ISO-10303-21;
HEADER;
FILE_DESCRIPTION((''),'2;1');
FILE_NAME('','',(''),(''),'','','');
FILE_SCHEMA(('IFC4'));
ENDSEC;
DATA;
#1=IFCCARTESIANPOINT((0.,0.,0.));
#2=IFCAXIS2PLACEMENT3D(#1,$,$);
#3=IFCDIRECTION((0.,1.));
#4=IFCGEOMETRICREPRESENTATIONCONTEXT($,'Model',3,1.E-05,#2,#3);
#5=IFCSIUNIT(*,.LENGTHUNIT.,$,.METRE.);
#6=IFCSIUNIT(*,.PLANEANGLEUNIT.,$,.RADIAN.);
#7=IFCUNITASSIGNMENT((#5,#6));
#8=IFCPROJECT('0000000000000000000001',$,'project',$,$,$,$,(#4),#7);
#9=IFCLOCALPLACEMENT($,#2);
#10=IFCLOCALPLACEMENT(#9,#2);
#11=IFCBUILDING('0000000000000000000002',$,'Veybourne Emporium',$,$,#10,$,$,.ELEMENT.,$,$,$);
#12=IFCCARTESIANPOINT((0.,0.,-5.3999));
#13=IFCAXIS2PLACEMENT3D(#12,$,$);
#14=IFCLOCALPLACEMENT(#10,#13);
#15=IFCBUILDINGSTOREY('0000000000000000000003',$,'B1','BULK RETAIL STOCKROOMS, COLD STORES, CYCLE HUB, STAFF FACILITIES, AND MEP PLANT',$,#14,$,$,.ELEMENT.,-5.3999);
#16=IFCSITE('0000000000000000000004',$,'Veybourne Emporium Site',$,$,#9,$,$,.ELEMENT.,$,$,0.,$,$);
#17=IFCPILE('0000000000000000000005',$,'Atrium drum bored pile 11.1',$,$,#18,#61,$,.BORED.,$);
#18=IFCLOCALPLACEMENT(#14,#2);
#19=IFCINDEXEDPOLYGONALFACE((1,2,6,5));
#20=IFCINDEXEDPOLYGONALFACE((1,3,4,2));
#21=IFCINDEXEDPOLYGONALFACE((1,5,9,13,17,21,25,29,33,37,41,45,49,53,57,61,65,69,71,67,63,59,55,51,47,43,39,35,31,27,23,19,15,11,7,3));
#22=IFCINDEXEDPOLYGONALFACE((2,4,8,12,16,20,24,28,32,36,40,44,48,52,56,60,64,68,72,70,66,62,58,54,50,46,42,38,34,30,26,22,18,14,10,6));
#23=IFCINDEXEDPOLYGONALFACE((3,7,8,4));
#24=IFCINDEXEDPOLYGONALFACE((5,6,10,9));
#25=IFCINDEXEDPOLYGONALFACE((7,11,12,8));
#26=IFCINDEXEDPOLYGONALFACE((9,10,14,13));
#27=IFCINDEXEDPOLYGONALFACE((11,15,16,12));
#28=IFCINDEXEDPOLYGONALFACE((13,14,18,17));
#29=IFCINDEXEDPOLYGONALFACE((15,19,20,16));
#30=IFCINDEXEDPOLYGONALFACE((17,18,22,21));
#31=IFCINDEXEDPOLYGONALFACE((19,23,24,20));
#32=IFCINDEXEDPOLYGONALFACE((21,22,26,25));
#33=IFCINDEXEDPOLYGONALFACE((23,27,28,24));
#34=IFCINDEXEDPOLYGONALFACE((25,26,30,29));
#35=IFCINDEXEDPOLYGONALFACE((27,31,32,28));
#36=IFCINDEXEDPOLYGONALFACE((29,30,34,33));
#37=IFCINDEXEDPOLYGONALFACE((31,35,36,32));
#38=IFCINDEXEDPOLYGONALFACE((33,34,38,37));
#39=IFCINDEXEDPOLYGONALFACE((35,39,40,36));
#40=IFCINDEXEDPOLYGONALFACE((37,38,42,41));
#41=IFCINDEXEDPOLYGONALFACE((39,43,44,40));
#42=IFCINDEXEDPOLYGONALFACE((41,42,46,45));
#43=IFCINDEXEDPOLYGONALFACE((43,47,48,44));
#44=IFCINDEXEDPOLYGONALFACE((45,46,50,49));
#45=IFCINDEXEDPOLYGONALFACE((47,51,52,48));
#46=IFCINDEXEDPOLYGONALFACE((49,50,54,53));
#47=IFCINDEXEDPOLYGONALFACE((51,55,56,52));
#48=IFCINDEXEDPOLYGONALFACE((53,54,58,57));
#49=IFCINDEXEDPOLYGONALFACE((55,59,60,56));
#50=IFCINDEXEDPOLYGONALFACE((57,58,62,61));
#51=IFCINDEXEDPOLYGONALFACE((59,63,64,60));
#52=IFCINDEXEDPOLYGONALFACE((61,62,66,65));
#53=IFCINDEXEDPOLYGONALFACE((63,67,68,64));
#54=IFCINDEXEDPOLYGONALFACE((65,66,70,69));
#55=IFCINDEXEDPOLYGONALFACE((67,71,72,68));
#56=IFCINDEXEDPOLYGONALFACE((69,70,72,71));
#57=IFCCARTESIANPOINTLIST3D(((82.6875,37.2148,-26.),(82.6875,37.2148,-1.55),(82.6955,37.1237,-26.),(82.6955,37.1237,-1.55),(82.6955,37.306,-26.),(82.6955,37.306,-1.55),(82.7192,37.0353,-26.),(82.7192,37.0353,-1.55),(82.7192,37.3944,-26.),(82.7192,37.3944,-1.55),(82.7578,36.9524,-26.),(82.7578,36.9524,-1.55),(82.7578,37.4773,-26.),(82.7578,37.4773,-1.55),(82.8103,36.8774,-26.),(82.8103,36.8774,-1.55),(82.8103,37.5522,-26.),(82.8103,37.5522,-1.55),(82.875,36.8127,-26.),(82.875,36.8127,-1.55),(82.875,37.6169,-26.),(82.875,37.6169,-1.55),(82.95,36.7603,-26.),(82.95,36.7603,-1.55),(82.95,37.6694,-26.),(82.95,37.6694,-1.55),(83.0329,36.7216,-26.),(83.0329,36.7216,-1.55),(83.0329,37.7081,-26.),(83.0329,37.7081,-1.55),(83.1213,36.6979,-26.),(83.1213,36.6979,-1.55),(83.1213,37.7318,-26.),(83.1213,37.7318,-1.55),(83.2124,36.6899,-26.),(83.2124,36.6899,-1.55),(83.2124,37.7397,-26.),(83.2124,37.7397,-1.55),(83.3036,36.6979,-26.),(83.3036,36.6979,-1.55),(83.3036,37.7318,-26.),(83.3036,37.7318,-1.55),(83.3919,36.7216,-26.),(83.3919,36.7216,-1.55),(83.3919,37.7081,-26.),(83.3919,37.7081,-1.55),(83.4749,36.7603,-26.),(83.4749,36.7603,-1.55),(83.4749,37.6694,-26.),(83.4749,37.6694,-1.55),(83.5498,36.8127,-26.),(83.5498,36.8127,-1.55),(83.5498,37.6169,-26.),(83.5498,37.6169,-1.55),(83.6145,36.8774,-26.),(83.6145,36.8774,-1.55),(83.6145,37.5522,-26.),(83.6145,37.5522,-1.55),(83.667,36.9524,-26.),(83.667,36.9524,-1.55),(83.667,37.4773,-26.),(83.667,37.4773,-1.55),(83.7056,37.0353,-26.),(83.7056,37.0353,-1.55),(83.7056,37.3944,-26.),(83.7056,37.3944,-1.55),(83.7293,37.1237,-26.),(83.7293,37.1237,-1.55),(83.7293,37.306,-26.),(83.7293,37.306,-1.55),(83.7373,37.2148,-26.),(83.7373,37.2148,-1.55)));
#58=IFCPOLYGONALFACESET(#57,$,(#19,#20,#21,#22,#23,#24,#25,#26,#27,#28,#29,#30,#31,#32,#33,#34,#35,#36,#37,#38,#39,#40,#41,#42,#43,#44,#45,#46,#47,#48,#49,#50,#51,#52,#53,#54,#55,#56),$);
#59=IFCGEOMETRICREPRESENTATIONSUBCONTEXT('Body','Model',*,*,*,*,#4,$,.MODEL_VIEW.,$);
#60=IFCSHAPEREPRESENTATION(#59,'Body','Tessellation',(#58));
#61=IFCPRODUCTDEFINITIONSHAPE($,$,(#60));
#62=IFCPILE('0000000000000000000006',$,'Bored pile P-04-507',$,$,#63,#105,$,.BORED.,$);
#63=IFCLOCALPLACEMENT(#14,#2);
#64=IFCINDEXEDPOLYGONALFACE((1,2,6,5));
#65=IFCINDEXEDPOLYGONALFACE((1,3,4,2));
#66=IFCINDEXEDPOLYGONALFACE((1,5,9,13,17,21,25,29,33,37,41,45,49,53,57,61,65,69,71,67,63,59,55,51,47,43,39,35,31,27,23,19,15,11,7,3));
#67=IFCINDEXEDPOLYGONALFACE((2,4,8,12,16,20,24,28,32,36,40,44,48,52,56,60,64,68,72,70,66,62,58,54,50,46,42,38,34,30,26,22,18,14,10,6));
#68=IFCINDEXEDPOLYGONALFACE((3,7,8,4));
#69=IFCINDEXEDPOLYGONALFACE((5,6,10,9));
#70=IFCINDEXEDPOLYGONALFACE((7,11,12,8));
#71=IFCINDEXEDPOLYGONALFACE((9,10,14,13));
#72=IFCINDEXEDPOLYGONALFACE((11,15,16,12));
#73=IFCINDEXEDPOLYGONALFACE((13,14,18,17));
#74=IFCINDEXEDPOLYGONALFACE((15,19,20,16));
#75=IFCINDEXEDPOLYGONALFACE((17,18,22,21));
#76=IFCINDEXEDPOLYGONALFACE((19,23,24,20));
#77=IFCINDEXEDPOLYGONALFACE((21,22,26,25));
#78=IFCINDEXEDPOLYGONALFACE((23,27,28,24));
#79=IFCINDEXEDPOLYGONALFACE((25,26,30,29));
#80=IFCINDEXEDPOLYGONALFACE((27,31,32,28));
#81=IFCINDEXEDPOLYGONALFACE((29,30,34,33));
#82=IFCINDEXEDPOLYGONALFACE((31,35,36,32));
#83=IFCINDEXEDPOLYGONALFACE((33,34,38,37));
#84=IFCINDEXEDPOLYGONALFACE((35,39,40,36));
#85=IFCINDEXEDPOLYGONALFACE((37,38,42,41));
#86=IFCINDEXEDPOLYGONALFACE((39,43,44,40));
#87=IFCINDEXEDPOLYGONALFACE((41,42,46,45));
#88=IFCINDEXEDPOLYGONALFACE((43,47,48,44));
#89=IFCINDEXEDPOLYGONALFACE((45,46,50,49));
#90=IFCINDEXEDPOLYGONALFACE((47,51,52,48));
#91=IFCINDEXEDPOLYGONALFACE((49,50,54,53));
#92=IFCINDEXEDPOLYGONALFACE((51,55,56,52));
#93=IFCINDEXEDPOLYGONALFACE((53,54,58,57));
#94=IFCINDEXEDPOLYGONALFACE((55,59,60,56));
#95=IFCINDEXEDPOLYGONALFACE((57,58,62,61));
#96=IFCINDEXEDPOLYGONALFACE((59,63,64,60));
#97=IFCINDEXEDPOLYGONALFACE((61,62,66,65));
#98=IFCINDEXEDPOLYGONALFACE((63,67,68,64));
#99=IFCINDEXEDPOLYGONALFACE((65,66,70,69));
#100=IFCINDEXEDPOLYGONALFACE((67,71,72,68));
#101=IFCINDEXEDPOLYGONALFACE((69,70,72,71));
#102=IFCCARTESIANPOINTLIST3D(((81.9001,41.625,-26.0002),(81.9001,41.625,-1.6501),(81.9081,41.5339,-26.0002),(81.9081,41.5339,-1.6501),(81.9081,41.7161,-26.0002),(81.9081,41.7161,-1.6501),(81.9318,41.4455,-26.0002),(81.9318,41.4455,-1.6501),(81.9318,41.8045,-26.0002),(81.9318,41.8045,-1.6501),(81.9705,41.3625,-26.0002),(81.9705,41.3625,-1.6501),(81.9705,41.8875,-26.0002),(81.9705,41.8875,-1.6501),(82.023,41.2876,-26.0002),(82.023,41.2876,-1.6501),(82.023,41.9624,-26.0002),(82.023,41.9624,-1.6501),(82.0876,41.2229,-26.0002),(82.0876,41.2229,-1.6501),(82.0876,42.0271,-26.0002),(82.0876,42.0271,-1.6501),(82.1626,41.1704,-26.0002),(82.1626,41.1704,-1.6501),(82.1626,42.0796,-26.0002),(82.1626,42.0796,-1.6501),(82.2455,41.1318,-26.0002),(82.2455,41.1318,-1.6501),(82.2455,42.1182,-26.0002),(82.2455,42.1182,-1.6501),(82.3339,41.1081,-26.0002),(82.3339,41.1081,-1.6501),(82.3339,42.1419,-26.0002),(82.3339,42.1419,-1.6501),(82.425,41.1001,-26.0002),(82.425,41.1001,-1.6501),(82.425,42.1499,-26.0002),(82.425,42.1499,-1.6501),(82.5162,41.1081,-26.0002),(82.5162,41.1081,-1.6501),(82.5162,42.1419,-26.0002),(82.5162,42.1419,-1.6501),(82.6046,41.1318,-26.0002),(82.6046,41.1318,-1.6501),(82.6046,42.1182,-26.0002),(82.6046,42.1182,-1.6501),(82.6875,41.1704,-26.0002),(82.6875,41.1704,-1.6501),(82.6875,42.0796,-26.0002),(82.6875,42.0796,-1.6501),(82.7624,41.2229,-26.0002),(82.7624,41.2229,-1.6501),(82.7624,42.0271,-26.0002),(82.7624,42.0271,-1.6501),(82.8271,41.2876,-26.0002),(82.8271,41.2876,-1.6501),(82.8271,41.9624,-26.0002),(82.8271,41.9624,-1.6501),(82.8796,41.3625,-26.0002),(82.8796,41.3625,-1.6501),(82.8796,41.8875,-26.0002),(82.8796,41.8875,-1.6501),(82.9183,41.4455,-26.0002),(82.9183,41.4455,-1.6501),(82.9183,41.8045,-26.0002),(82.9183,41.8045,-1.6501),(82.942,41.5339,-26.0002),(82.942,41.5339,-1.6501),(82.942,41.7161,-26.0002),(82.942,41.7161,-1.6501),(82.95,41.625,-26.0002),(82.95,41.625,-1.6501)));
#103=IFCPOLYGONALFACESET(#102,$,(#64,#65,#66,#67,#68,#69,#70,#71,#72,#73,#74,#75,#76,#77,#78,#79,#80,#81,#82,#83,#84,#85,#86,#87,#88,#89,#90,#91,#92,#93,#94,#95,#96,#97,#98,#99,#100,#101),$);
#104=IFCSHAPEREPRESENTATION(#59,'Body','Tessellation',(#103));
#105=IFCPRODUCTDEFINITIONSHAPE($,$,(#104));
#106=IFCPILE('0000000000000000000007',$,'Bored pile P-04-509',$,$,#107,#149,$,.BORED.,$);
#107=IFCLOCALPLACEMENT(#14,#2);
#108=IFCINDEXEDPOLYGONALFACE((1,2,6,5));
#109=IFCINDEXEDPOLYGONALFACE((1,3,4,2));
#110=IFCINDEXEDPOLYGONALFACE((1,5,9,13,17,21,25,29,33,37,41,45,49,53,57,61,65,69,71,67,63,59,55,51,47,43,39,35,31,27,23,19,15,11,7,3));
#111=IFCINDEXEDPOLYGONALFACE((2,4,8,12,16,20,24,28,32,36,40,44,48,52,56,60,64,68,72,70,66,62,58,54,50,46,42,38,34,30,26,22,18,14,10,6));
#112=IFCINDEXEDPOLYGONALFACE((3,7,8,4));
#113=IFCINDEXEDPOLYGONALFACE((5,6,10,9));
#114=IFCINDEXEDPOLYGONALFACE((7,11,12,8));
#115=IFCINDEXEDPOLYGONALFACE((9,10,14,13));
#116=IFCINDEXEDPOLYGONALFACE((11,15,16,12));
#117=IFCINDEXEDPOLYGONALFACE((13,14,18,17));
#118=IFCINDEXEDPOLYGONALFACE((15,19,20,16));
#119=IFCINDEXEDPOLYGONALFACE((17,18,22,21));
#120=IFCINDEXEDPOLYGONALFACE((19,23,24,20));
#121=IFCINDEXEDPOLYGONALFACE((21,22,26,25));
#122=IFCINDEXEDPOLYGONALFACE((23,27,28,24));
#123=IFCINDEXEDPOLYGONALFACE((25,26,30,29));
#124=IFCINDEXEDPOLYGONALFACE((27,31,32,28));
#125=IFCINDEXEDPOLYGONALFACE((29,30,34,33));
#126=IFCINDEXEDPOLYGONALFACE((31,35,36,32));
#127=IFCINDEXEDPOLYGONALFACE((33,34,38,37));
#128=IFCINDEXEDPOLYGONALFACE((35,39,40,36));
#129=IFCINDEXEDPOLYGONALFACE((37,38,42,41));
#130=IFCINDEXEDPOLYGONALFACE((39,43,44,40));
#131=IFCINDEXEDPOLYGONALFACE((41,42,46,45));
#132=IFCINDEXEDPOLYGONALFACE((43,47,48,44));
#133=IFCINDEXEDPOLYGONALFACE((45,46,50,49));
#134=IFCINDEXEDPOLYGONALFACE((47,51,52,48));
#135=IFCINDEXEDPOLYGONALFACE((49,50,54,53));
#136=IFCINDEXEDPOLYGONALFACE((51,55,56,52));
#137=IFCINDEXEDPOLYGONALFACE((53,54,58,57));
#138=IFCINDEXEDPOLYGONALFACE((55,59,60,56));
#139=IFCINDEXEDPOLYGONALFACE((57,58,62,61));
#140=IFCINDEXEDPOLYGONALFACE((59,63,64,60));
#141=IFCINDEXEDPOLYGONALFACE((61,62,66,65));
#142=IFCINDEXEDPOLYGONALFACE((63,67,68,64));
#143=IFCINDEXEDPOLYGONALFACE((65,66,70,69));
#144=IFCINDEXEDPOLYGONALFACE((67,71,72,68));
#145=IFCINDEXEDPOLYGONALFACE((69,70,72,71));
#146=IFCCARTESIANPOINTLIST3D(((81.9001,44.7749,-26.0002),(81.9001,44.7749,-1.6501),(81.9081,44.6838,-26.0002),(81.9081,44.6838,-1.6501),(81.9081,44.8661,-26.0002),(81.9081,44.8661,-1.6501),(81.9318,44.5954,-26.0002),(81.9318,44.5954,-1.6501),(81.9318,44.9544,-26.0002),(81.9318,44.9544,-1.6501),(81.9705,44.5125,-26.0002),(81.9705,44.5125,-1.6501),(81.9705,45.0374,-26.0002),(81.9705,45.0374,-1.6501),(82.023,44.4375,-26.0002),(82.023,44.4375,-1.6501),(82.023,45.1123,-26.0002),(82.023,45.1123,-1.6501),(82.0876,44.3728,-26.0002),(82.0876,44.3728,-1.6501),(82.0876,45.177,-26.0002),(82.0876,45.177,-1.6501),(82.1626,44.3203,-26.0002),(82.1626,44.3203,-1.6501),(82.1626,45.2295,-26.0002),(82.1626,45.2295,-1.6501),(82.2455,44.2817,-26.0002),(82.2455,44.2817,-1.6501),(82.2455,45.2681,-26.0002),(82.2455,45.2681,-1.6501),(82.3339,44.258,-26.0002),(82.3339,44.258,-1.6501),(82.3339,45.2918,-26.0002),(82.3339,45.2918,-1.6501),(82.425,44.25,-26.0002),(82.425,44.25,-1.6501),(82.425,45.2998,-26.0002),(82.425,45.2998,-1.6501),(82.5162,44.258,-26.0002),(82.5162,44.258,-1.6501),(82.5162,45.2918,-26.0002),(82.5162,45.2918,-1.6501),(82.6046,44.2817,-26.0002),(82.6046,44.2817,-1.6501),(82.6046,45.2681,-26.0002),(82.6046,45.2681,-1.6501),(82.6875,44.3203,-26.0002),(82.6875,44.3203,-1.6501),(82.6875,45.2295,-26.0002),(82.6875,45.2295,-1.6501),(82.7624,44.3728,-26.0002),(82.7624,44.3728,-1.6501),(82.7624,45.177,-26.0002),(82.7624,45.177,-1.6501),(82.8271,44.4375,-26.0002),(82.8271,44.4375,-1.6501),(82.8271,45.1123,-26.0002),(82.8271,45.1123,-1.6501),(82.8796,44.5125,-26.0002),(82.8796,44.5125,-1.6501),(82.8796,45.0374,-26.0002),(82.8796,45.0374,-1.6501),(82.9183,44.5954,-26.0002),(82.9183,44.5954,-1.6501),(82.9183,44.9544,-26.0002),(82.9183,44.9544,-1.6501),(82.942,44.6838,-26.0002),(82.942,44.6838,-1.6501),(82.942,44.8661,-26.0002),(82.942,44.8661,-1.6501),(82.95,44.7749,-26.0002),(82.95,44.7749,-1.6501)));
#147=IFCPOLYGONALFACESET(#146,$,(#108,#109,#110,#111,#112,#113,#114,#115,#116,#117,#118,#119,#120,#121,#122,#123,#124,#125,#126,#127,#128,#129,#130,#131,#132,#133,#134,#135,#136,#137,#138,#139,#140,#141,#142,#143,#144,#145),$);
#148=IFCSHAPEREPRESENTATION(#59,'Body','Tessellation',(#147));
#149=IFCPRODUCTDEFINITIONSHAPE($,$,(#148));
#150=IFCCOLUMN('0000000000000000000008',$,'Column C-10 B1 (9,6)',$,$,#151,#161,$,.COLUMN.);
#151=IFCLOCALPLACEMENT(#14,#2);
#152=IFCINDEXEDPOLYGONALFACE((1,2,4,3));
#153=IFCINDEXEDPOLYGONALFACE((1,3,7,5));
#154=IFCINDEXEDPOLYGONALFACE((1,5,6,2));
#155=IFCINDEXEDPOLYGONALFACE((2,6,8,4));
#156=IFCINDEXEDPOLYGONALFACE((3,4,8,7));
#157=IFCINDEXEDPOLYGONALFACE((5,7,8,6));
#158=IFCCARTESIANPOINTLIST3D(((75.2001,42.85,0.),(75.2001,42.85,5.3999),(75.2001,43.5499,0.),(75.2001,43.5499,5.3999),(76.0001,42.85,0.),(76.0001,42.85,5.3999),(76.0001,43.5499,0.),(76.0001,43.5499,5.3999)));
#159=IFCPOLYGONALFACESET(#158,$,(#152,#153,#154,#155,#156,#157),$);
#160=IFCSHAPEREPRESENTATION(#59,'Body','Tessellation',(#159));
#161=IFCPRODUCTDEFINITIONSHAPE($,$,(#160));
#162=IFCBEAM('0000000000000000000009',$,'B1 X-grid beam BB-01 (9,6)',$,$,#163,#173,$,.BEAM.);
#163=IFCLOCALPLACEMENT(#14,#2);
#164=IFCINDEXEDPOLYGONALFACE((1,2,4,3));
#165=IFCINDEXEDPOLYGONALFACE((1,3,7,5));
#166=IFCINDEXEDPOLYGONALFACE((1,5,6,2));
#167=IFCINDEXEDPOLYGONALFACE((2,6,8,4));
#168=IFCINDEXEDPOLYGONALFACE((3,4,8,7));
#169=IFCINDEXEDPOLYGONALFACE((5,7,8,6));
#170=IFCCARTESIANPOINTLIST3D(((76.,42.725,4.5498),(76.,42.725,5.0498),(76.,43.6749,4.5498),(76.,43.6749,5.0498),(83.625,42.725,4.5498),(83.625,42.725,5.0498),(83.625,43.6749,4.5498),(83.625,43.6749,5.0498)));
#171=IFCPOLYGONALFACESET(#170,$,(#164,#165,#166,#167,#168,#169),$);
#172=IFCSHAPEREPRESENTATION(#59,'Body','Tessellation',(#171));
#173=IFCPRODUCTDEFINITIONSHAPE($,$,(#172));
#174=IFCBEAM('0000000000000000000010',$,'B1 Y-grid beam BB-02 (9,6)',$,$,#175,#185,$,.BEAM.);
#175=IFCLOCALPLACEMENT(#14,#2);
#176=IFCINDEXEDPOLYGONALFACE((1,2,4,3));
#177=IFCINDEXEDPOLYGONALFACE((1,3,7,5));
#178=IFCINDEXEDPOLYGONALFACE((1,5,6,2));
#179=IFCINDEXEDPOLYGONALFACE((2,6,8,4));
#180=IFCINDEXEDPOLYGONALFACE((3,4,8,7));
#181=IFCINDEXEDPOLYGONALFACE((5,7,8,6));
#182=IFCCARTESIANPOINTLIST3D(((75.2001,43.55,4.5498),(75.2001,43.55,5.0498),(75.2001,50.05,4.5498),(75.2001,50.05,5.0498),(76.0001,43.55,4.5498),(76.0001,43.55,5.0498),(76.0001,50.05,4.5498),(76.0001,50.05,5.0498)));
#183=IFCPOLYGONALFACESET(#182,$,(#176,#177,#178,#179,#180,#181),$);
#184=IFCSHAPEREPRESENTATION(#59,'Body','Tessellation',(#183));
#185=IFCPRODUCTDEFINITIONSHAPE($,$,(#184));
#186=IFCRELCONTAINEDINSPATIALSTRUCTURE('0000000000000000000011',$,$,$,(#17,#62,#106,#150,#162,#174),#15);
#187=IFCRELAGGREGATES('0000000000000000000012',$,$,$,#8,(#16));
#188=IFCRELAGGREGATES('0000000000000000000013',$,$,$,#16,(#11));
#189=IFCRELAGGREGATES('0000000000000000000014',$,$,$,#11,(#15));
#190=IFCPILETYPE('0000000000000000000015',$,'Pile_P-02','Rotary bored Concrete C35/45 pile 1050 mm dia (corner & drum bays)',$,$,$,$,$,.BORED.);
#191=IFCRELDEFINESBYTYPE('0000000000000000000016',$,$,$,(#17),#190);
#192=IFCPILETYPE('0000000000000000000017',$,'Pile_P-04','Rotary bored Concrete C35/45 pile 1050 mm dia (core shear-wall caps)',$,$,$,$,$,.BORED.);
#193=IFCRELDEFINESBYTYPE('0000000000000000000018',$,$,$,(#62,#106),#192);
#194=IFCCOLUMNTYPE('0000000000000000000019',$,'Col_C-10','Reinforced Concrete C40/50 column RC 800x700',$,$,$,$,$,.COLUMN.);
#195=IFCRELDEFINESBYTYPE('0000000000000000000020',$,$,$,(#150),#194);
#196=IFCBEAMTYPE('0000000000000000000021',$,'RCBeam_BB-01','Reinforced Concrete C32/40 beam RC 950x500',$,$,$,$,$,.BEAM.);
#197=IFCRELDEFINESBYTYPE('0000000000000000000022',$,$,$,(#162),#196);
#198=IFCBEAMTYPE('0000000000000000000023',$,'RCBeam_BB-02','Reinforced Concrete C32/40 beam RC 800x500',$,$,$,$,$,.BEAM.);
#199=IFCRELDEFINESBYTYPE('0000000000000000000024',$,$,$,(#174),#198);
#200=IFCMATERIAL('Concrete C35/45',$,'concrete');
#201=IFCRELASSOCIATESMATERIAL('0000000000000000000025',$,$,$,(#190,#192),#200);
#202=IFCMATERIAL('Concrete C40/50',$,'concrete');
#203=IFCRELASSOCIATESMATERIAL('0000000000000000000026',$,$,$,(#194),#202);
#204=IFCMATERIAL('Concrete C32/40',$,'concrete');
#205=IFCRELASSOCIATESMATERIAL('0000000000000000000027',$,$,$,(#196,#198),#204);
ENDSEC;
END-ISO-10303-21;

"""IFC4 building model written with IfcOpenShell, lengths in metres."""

from ifc_helpers import new_model, si_unit, direction, frame, origin, origin_2d, place, context, subcontext, project, spatial, rectangle, circle, extrude, material, material_profile, profile_set, type_object, element, save


model = new_model("IFC4")

# Units and contexts
model_context = context("Model", 3, precision=1e-05, world=origin(), true_north=direction((0.0, 1.0)))
body_context = subcontext(model_context, "Body", "Model", "MODEL_VIEW")
ifc_project = project(units=[si_unit("LENGTHUNIT", "METRE"), si_unit("PLANEANGLEUNIT", "RADIAN")], contexts=[model_context])

# Site, building, storey
site_placement = place(None, origin())
site = spatial("IfcSite", under=ifc_project, at=site_placement, Name="Veybourne Emporium Site", CompositionType="ELEMENT", RefElevation=0.0)
building_placement = place(site_placement, origin())
building = spatial("IfcBuilding", under=site, at=building_placement, Name="Veybourne Emporium", CompositionType="ELEMENT")
storey_placement = place(building_placement, frame((0.0, 0.0, -5.3999)))
storey = spatial("IfcBuildingStorey", under=building, at=storey_placement, Name="B1", Description="BULK RETAIL STOCKROOMS, COLD STORES, CYCLE HUB, STAFF FACILITIES, AND MEP PLANT", CompositionType="ELEMENT", Elevation=-5.3999)

# Shared definitions
ifc_material_1 = material(Name="Concrete C35/45", Category="concrete")

# Piles
ifc_material_profile_1 = material_profile(ifc_material_1, circle(Radius=0.5249, at=origin_2d()), Name="BORED PILE 1050")
ifc_profile_set_1 = profile_set([ifc_material_profile_1], Name="Concrete C35/45")
pile_type_1 = type_object("IfcPileType", Name="Pile_P-02", Description="Rotary bored Concrete C35/45 pile 1050 mm dia (corner & drum bays)", PredefinedType="BORED", material=ifc_profile_set_1)
for number, where, z_axis, x_axis, name in (
    (1, (83.2124, 37.2148, -1.55), (0.0, 0.0, -1.0), (1.0, 0.0, 0.0), "Atrium drum bored pile 11.1"),
):
    element("IfcPile", number, at=place(storey_placement, frame(where, z_axis=z_axis, x_axis=x_axis)), inside=storey, type_object=pile_type_1, Name=name, PredefinedType="BORED", context=body_context, shape_type="SweptSolid", body=[
        extrude(circle(Radius=0.5249, at=origin_2d()), origin(), (0.0, 0.0, 1.0), 24.45),
    ])
ifc_material_profile_2 = material_profile(ifc_material_1, circle(Radius=0.5249, at=origin_2d()), Name="BORED PILE 1050")
ifc_profile_set_2 = profile_set([ifc_material_profile_2], Name="Concrete C35/45")
pile_type_2 = type_object("IfcPileType", Name="Pile_P-04", Description="Rotary bored Concrete C35/45 pile 1050 mm dia (core shear-wall caps)", PredefinedType="BORED", material=ifc_profile_set_2)
for number, where, z_axis, x_axis, name in (
    (2, (82.425, 41.625, -1.6501), (0.0, 0.0, -1.0), (1.0, 0.0, 0.0), "Bored pile P-04-507"),
    (3, (82.425, 44.7749, -1.6501), (0.0, 0.0, -1.0), (1.0, 0.0, 0.0), "Bored pile P-04-509"),
):
    element("IfcPile", number, at=place(storey_placement, frame(where, z_axis=z_axis, x_axis=x_axis)), inside=storey, type_object=pile_type_2, Name=name, PredefinedType="BORED", context=body_context, shape_type="SweptSolid", body=[
        extrude(circle(Radius=0.5249, at=origin_2d()), origin(), (0.0, 0.0, 1.0), 24.3501),
    ])

# Column
ifc_material_2 = material(Name="Concrete C40/50", Category="concrete")
ifc_material_profile_3 = material_profile(ifc_material_2, rectangle(XDim=0.8, YDim=0.7, at=origin_2d()), Name="RC 800x700")
ifc_profile_set_3 = profile_set([ifc_material_profile_3], Name="Concrete C40/50")
column_type = type_object("IfcColumnType", Name="Col_C-10", Description="Reinforced Concrete C40/50 column RC 800x700", PredefinedType="COLUMN", material=ifc_profile_set_3)
column_placement = place(storey_placement, frame((75.6001, 43.2, 0.0), z_axis=(0.0, 0.0, 1.0), x_axis=(1.0, 0.0, 0.0)))
element("IfcColumn", 4, at=column_placement, inside=storey, type_object=column_type, Name="Column C-10 B1 (9,6)", PredefinedType="COLUMN", context=body_context, shape_type="SweptSolid", body=[
    extrude(rectangle(XDim=0.8, YDim=0.7, at=origin_2d()), origin(), (0.0, 0.0, 1.0), 5.3999),
])

# Beams
ifc_material_3 = material(Name="Concrete C32/40", Category="concrete")
ifc_material_profile_4 = material_profile(ifc_material_3, rectangle(XDim=0.95, YDim=0.5, at=origin_2d()), Name="RC 950x500")
ifc_profile_set_4 = profile_set([ifc_material_profile_4], Name="Concrete C32/40")
beam_type_1 = type_object("IfcBeamType", Name="RCBeam_BB-01", Description="Reinforced Concrete C32/40 beam RC 950x500", PredefinedType="BEAM", material=ifc_profile_set_4)
beam_1_placement = place(storey_placement, frame((76.0, 43.2, 4.7998), z_axis=(1.0, 0.0, 0.0), x_axis=(0.0, 1.0, 0.0)))
element("IfcBeam", 5, at=beam_1_placement, inside=storey, type_object=beam_type_1, Name="B1 X-grid beam BB-01 (9,6)", PredefinedType="BEAM", context=body_context, shape_type="SweptSolid", body=[
    extrude(rectangle(XDim=0.95, YDim=0.5, at=origin_2d()), origin(), (0.0, 0.0, 1.0), 7.625),
])
ifc_material_profile_5 = material_profile(ifc_material_3, rectangle(XDim=0.8, YDim=0.5, at=origin_2d()), Name="RC 800x500")
ifc_profile_set_5 = profile_set([ifc_material_profile_5], Name="Concrete C32/40")
beam_type_2 = type_object("IfcBeamType", Name="RCBeam_BB-02", Description="Reinforced Concrete C32/40 beam RC 800x500", PredefinedType="BEAM", material=ifc_profile_set_5)
beam_2_placement = place(storey_placement, frame((75.6001, 43.55, 4.7998), z_axis=(0.0, 1.0, 0.0), x_axis=(-1.0, 0.0, 0.0)))
element("IfcBeam", 6, at=beam_2_placement, inside=storey, type_object=beam_type_2, Name="B1 Y-grid beam BB-02 (9,6)", PredefinedType="BEAM", context=body_context, shape_type="SweptSolid", body=[
    extrude(rectangle(XDim=0.8, YDim=0.5, at=origin_2d()), origin(), (0.0, 0.0, 1.0), 6.5),
])

save(model, "model.ifc")
